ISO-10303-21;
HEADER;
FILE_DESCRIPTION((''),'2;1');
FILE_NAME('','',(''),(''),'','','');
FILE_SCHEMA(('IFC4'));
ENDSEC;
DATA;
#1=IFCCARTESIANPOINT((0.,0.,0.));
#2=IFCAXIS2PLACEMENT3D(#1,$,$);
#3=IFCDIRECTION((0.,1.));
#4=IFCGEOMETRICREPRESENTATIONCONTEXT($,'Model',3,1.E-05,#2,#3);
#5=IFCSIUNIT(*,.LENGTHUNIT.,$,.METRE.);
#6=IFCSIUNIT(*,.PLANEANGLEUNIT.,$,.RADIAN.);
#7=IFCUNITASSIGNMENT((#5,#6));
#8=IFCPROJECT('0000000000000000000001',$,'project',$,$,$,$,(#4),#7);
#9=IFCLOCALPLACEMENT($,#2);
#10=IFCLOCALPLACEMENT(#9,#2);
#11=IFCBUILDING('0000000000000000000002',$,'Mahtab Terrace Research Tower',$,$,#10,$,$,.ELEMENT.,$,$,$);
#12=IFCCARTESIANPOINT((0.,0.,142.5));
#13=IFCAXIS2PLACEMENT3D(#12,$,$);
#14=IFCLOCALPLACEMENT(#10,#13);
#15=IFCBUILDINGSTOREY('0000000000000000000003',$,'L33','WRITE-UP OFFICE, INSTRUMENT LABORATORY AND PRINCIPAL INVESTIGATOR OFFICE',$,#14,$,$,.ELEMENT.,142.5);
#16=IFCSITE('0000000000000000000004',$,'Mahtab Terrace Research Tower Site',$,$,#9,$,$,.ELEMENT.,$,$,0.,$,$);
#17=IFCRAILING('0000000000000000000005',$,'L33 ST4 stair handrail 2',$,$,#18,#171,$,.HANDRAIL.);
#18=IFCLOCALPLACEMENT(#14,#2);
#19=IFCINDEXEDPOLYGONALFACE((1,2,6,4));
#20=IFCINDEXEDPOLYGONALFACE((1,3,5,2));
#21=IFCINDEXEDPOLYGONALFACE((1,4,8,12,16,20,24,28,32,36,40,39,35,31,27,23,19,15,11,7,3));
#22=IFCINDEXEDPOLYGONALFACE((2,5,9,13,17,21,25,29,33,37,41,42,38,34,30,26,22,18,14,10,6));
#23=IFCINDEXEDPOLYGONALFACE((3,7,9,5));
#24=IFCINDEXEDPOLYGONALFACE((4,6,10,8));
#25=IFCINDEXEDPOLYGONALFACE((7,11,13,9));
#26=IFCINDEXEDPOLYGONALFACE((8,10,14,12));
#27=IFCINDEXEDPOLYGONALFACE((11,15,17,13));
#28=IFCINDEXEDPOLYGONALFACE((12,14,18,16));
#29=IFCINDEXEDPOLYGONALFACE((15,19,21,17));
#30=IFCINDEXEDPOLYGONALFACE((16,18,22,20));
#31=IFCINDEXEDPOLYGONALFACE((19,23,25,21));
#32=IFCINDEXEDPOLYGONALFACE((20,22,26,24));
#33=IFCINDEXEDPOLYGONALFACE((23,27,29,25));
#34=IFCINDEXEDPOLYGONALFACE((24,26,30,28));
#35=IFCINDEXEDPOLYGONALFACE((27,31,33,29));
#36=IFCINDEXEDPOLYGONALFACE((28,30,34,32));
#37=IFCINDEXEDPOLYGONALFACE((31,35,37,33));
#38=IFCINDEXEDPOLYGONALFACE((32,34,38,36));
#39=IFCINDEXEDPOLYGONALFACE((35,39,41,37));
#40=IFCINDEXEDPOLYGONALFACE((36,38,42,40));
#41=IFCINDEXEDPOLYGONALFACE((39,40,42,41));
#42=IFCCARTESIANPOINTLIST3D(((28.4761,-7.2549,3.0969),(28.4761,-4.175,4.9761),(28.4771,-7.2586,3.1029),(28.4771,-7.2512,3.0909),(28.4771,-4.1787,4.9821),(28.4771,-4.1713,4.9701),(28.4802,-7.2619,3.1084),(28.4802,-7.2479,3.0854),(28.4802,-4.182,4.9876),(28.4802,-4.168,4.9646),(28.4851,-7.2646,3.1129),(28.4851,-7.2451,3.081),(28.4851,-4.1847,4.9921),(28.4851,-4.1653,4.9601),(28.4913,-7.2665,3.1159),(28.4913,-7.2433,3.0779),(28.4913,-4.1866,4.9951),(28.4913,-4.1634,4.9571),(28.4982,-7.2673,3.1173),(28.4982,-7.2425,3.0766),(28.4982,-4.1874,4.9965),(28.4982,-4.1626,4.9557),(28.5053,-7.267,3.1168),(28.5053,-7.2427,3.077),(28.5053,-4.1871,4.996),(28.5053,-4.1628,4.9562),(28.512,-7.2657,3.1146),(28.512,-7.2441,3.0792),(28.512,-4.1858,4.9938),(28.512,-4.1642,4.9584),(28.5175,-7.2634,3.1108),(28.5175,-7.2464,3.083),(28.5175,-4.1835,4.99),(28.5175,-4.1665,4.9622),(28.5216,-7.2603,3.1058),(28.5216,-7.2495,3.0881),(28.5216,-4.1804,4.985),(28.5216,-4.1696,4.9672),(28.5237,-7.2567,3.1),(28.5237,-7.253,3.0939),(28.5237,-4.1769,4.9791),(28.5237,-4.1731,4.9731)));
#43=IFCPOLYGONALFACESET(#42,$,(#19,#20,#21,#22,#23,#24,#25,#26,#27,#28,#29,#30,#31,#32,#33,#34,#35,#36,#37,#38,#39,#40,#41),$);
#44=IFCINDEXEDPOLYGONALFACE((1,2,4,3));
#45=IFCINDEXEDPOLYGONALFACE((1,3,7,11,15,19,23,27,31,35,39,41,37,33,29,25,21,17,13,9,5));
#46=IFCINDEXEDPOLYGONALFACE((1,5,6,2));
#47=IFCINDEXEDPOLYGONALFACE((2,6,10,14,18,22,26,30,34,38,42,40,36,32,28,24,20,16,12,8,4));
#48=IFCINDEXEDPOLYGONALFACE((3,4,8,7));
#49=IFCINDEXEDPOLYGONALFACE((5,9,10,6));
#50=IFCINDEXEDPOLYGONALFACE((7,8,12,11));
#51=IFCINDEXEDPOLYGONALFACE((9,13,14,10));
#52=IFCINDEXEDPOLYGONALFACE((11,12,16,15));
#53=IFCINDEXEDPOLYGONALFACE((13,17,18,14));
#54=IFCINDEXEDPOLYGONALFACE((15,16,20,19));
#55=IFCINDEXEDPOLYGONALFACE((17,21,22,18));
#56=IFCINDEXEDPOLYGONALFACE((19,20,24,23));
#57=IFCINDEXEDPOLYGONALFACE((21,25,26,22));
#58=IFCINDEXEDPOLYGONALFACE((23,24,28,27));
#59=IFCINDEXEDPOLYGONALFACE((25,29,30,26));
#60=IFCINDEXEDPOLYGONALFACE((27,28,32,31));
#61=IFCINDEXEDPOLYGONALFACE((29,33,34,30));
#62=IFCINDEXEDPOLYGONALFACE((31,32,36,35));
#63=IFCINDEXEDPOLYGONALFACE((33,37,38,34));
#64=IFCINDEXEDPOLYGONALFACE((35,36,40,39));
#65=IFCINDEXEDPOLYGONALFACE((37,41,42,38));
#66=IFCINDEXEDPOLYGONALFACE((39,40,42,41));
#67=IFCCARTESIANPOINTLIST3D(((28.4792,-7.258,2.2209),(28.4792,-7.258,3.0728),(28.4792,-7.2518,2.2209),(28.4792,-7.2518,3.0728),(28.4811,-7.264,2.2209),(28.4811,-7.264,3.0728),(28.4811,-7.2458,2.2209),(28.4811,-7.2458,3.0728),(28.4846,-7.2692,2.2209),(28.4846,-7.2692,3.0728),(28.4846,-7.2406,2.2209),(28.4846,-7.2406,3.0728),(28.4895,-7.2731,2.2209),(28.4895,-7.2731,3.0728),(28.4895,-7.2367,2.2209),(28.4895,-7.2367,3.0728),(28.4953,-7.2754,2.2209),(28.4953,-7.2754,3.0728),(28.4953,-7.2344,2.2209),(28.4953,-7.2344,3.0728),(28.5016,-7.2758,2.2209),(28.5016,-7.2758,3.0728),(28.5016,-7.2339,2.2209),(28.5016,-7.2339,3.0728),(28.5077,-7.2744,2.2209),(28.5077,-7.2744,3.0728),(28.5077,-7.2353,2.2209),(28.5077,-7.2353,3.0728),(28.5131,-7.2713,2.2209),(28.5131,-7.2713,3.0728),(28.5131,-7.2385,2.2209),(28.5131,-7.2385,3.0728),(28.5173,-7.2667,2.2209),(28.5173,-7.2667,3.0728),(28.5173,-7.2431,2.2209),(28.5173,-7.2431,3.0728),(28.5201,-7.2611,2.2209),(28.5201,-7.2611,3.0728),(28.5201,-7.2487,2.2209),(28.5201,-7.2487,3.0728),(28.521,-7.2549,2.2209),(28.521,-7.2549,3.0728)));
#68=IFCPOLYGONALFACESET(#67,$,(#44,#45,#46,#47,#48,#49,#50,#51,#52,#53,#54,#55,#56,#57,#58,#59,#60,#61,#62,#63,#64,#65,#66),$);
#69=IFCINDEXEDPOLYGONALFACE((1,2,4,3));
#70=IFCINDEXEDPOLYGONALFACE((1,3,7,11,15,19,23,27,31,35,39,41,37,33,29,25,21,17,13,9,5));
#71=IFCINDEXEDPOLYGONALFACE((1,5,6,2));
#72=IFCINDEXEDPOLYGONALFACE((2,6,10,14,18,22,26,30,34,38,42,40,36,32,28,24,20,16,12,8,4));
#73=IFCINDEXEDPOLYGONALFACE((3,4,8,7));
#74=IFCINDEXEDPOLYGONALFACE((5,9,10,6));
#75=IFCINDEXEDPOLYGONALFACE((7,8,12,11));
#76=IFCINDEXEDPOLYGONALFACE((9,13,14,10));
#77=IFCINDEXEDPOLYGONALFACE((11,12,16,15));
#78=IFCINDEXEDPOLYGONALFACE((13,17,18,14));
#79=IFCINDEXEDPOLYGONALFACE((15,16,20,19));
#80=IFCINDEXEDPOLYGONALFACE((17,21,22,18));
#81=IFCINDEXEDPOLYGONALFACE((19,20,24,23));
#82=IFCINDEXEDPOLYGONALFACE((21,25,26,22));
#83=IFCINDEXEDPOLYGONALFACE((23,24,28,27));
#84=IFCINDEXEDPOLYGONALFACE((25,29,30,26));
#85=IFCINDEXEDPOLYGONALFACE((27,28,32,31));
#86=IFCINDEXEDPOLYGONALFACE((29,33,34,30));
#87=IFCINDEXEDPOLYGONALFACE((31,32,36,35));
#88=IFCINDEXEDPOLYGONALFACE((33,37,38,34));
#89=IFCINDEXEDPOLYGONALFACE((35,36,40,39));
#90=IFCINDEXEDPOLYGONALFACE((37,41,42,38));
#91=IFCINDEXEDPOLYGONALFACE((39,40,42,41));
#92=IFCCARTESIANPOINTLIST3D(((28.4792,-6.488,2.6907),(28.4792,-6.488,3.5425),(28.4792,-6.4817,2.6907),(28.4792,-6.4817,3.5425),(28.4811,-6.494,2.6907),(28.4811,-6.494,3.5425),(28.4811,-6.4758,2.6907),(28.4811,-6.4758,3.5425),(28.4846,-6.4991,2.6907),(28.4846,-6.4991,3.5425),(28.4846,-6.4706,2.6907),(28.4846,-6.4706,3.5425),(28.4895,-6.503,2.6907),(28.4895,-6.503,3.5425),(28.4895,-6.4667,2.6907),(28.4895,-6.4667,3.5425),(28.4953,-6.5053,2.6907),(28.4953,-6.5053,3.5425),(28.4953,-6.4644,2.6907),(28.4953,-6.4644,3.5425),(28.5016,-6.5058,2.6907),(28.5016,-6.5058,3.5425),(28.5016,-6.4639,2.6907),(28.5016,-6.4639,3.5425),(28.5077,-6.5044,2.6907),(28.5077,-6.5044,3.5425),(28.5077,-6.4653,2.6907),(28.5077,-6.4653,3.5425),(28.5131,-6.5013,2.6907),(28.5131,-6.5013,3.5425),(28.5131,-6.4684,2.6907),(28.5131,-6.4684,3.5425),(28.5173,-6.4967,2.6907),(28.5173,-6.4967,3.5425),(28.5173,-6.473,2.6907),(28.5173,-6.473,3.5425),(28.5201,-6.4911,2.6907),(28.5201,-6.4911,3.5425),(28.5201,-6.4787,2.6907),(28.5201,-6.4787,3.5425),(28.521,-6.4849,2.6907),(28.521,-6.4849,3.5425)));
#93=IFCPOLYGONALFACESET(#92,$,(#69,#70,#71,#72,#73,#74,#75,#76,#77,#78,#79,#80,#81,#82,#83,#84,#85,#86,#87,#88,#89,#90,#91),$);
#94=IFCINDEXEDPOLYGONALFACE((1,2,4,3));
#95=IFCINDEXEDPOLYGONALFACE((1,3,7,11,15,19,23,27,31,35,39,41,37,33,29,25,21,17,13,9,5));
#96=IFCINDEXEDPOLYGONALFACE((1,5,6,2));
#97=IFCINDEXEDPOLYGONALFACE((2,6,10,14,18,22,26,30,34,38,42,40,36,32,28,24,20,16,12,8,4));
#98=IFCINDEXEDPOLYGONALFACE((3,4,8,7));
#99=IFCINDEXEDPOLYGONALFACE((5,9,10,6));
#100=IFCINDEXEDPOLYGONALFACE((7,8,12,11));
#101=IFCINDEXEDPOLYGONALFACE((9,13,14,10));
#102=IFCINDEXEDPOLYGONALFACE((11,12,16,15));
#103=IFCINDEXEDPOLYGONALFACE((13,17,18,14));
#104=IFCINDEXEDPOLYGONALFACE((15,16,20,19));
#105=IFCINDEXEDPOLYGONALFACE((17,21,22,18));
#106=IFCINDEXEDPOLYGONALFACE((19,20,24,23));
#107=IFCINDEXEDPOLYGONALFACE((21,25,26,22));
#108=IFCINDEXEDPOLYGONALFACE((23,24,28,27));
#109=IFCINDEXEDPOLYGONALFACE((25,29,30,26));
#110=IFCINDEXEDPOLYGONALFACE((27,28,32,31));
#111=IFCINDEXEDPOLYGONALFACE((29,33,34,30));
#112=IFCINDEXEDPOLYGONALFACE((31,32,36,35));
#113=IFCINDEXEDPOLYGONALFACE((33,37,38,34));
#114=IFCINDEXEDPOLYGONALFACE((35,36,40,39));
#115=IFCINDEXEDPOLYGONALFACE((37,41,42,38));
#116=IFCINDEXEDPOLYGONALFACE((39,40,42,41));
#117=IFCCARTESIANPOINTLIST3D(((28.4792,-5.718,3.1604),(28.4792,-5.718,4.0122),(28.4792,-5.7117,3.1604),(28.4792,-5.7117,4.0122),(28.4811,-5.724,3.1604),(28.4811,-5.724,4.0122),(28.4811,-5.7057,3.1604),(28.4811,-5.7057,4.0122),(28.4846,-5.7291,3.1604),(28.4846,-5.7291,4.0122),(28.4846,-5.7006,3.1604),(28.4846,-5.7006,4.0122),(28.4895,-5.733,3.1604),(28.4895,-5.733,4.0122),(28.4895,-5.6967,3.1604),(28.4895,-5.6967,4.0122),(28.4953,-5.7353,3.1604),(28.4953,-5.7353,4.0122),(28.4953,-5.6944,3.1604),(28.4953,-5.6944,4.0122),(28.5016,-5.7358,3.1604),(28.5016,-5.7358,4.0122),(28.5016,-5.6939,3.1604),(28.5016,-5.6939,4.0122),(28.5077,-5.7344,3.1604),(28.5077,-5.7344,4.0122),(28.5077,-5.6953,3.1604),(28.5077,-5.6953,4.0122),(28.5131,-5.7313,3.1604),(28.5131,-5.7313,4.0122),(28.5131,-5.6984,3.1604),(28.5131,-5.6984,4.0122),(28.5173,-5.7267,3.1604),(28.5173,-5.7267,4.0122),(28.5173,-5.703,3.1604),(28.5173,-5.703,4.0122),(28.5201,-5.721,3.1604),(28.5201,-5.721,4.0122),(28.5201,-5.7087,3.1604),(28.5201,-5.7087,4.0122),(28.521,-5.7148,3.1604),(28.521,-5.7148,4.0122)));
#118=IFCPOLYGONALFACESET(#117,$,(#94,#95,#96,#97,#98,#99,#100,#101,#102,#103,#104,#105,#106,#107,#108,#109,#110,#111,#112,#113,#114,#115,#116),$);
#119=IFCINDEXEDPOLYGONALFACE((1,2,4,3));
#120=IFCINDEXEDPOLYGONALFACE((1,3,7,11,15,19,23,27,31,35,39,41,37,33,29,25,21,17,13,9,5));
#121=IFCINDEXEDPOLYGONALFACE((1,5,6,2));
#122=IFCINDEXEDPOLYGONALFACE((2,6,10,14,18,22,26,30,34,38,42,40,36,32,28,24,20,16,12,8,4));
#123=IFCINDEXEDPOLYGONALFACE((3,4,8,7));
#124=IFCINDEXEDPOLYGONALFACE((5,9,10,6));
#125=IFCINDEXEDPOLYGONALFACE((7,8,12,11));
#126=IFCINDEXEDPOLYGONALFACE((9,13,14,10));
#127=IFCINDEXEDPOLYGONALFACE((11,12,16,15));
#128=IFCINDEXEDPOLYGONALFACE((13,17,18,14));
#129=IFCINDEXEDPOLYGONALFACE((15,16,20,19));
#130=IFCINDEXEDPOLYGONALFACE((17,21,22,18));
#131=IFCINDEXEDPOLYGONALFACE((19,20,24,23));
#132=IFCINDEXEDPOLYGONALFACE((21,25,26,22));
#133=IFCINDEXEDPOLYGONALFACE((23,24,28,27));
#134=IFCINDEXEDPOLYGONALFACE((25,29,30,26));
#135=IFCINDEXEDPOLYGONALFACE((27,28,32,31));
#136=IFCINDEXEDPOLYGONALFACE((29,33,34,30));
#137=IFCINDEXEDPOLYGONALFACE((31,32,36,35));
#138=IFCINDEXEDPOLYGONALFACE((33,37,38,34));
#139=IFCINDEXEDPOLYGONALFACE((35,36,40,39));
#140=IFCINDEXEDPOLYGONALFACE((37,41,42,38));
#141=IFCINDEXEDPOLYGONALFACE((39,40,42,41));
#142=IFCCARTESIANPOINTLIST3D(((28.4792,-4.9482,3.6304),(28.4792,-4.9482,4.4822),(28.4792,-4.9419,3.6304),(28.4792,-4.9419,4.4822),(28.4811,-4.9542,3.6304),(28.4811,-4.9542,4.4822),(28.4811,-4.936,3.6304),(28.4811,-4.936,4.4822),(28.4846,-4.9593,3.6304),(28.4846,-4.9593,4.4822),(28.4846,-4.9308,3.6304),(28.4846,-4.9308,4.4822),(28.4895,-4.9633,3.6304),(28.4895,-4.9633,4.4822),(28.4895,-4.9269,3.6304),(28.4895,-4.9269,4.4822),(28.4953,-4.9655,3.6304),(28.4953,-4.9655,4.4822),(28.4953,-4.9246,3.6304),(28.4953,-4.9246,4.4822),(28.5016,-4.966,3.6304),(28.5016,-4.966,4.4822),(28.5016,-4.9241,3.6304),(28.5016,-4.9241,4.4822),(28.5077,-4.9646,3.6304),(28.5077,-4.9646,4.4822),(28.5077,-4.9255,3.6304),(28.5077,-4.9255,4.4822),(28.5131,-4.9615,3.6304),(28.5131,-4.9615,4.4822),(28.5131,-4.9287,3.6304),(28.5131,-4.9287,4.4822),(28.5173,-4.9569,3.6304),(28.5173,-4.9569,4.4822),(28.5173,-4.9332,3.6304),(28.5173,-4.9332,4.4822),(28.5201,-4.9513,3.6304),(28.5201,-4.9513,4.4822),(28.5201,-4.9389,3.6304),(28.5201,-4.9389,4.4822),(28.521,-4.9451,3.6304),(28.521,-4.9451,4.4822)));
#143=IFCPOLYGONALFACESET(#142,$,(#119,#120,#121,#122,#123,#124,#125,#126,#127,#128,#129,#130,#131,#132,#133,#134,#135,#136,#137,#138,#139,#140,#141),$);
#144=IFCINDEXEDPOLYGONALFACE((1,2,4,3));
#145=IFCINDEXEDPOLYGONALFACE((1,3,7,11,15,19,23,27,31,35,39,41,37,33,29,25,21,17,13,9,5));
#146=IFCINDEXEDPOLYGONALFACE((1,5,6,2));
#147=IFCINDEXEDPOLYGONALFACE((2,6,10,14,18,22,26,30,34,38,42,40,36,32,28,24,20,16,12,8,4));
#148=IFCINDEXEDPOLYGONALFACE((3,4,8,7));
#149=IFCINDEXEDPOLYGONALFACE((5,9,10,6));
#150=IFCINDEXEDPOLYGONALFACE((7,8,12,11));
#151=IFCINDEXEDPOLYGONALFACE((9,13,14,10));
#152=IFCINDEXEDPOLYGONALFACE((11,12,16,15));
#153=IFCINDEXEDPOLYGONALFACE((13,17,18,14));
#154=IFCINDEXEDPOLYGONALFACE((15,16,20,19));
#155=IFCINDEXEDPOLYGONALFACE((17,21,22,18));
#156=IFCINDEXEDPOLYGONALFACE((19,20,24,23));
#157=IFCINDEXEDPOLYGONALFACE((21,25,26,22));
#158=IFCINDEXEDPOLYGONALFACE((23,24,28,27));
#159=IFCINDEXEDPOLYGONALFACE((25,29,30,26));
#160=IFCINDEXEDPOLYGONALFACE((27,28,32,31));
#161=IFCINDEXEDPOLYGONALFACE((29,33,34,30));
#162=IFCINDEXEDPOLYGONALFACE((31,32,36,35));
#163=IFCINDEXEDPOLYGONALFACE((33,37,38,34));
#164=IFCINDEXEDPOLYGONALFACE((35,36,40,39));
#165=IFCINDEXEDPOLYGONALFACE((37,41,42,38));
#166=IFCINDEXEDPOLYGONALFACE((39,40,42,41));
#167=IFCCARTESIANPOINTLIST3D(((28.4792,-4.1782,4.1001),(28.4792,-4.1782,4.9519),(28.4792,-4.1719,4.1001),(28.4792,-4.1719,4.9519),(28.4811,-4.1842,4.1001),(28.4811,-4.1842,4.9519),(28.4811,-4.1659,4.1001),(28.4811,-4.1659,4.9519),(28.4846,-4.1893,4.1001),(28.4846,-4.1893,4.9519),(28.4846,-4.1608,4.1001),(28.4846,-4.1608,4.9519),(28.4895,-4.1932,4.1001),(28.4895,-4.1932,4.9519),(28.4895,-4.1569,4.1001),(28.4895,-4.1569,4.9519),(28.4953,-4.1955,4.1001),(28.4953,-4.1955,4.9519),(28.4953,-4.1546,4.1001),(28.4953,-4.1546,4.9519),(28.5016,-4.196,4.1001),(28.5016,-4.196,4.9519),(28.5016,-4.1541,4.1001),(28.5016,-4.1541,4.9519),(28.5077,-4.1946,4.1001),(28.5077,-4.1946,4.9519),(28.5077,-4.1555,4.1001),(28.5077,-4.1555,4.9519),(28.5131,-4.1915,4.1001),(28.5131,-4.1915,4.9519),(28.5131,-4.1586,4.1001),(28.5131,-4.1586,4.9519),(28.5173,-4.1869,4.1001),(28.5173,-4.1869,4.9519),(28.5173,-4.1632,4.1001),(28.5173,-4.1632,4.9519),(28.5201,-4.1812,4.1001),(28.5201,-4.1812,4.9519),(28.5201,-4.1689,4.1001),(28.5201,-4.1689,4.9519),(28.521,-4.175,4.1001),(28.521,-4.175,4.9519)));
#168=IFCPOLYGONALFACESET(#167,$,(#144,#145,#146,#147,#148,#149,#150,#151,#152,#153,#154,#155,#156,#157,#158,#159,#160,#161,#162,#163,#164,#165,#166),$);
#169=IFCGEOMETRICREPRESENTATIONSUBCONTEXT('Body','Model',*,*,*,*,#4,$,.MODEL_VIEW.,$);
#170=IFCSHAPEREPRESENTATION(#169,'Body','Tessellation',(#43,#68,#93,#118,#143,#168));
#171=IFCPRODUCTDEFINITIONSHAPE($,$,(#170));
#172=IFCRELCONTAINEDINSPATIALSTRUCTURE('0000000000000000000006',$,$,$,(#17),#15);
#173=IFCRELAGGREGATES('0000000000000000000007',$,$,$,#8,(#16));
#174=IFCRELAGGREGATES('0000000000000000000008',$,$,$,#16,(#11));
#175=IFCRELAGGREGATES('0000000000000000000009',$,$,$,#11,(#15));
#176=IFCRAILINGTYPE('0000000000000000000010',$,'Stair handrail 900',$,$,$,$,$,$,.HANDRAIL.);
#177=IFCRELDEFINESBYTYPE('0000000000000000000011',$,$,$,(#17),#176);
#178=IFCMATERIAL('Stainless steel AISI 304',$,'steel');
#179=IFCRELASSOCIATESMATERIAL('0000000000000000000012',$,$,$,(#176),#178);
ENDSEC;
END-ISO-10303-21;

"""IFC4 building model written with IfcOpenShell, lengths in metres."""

from ifc_helpers import new_model, si_unit, direction, frame, origin, origin_2d, place, context, subcontext, project, spatial, circle, extrude, material, type_object, element, save


model = new_model("IFC4")

# Units and contexts
model_context = context("Model", 3, precision=1e-05, world=origin(), true_north=direction((0.0, 1.0)))
body_context = subcontext(model_context, "Body", "Model", "MODEL_VIEW")
ifc_project = project(units=[si_unit("LENGTHUNIT", "METRE"), si_unit("PLANEANGLEUNIT", "RADIAN")], contexts=[model_context])

# Site, building, storey
site_placement = place(None, origin())
site = spatial("IfcSite", under=ifc_project, at=site_placement, Name="Mahtab Terrace Research Tower Site", CompositionType="ELEMENT", RefElevation=0.0)
building_placement = place(site_placement, origin())
building = spatial("IfcBuilding", under=site, at=building_placement, Name="Mahtab Terrace Research Tower", CompositionType="ELEMENT")
storey_placement = place(building_placement, frame((0.0, 0.0, 142.5)))
storey = spatial("IfcBuildingStorey", under=building, at=storey_placement, Name="L33", Description="WRITE-UP OFFICE, INSTRUMENT LABORATORY AND PRINCIPAL INVESTIGATOR OFFICE", CompositionType="ELEMENT", Elevation=142.5)

# Railing
ifc_material_1 = material(Name="Stainless steel AISI 304", Category="steel")
railing_type_1 = type_object("IfcRailingType", Name="Stair handrail 900", PredefinedType="HANDRAIL", material=ifc_material_1)
railing_1_placement = place(storey_placement, frame((28.5, -7.2549, 2.2209)))
element("IfcRailing", 1, at=railing_1_placement, inside=storey, type_object=railing_type_1, Name="L33 ST4 stair handrail 2", PredefinedType="HANDRAIL", context=body_context, shape_type="SweptSolid", body=[
    extrude(circle(Radius=0.0239, at=origin_2d()), frame((0.0, 0.0, 0.876), z_axis=(0.0, 0.853648, 0.52085), x_axis=(-1.0, 0.0, 0.0)), (0.0, 0.0, 1.0), 3.6079),
    extrude(circle(Radius=0.021, at=origin_2d()), origin(), (0.0, 0.0, 1.0), 0.8518),
    extrude(circle(Radius=0.021, at=origin_2d()), frame((0.0, 0.77, 0.4697)), (0.0, 0.0, 1.0), 0.8518),
    extrude(circle(Radius=0.021, at=origin_2d()), frame((0.0, 1.54, 0.9395)), (0.0, 0.0, 1.0), 0.8518),
    extrude(circle(Radius=0.021, at=origin_2d()), frame((0.0, 2.3098, 1.4094)), (0.0, 0.0, 1.0), 0.8518),
    extrude(circle(Radius=0.021, at=origin_2d()), frame((0.0, 3.0798, 1.8792)), (0.0, 0.0, 1.0), 0.8518),
])

save(model, "model.ifc")
